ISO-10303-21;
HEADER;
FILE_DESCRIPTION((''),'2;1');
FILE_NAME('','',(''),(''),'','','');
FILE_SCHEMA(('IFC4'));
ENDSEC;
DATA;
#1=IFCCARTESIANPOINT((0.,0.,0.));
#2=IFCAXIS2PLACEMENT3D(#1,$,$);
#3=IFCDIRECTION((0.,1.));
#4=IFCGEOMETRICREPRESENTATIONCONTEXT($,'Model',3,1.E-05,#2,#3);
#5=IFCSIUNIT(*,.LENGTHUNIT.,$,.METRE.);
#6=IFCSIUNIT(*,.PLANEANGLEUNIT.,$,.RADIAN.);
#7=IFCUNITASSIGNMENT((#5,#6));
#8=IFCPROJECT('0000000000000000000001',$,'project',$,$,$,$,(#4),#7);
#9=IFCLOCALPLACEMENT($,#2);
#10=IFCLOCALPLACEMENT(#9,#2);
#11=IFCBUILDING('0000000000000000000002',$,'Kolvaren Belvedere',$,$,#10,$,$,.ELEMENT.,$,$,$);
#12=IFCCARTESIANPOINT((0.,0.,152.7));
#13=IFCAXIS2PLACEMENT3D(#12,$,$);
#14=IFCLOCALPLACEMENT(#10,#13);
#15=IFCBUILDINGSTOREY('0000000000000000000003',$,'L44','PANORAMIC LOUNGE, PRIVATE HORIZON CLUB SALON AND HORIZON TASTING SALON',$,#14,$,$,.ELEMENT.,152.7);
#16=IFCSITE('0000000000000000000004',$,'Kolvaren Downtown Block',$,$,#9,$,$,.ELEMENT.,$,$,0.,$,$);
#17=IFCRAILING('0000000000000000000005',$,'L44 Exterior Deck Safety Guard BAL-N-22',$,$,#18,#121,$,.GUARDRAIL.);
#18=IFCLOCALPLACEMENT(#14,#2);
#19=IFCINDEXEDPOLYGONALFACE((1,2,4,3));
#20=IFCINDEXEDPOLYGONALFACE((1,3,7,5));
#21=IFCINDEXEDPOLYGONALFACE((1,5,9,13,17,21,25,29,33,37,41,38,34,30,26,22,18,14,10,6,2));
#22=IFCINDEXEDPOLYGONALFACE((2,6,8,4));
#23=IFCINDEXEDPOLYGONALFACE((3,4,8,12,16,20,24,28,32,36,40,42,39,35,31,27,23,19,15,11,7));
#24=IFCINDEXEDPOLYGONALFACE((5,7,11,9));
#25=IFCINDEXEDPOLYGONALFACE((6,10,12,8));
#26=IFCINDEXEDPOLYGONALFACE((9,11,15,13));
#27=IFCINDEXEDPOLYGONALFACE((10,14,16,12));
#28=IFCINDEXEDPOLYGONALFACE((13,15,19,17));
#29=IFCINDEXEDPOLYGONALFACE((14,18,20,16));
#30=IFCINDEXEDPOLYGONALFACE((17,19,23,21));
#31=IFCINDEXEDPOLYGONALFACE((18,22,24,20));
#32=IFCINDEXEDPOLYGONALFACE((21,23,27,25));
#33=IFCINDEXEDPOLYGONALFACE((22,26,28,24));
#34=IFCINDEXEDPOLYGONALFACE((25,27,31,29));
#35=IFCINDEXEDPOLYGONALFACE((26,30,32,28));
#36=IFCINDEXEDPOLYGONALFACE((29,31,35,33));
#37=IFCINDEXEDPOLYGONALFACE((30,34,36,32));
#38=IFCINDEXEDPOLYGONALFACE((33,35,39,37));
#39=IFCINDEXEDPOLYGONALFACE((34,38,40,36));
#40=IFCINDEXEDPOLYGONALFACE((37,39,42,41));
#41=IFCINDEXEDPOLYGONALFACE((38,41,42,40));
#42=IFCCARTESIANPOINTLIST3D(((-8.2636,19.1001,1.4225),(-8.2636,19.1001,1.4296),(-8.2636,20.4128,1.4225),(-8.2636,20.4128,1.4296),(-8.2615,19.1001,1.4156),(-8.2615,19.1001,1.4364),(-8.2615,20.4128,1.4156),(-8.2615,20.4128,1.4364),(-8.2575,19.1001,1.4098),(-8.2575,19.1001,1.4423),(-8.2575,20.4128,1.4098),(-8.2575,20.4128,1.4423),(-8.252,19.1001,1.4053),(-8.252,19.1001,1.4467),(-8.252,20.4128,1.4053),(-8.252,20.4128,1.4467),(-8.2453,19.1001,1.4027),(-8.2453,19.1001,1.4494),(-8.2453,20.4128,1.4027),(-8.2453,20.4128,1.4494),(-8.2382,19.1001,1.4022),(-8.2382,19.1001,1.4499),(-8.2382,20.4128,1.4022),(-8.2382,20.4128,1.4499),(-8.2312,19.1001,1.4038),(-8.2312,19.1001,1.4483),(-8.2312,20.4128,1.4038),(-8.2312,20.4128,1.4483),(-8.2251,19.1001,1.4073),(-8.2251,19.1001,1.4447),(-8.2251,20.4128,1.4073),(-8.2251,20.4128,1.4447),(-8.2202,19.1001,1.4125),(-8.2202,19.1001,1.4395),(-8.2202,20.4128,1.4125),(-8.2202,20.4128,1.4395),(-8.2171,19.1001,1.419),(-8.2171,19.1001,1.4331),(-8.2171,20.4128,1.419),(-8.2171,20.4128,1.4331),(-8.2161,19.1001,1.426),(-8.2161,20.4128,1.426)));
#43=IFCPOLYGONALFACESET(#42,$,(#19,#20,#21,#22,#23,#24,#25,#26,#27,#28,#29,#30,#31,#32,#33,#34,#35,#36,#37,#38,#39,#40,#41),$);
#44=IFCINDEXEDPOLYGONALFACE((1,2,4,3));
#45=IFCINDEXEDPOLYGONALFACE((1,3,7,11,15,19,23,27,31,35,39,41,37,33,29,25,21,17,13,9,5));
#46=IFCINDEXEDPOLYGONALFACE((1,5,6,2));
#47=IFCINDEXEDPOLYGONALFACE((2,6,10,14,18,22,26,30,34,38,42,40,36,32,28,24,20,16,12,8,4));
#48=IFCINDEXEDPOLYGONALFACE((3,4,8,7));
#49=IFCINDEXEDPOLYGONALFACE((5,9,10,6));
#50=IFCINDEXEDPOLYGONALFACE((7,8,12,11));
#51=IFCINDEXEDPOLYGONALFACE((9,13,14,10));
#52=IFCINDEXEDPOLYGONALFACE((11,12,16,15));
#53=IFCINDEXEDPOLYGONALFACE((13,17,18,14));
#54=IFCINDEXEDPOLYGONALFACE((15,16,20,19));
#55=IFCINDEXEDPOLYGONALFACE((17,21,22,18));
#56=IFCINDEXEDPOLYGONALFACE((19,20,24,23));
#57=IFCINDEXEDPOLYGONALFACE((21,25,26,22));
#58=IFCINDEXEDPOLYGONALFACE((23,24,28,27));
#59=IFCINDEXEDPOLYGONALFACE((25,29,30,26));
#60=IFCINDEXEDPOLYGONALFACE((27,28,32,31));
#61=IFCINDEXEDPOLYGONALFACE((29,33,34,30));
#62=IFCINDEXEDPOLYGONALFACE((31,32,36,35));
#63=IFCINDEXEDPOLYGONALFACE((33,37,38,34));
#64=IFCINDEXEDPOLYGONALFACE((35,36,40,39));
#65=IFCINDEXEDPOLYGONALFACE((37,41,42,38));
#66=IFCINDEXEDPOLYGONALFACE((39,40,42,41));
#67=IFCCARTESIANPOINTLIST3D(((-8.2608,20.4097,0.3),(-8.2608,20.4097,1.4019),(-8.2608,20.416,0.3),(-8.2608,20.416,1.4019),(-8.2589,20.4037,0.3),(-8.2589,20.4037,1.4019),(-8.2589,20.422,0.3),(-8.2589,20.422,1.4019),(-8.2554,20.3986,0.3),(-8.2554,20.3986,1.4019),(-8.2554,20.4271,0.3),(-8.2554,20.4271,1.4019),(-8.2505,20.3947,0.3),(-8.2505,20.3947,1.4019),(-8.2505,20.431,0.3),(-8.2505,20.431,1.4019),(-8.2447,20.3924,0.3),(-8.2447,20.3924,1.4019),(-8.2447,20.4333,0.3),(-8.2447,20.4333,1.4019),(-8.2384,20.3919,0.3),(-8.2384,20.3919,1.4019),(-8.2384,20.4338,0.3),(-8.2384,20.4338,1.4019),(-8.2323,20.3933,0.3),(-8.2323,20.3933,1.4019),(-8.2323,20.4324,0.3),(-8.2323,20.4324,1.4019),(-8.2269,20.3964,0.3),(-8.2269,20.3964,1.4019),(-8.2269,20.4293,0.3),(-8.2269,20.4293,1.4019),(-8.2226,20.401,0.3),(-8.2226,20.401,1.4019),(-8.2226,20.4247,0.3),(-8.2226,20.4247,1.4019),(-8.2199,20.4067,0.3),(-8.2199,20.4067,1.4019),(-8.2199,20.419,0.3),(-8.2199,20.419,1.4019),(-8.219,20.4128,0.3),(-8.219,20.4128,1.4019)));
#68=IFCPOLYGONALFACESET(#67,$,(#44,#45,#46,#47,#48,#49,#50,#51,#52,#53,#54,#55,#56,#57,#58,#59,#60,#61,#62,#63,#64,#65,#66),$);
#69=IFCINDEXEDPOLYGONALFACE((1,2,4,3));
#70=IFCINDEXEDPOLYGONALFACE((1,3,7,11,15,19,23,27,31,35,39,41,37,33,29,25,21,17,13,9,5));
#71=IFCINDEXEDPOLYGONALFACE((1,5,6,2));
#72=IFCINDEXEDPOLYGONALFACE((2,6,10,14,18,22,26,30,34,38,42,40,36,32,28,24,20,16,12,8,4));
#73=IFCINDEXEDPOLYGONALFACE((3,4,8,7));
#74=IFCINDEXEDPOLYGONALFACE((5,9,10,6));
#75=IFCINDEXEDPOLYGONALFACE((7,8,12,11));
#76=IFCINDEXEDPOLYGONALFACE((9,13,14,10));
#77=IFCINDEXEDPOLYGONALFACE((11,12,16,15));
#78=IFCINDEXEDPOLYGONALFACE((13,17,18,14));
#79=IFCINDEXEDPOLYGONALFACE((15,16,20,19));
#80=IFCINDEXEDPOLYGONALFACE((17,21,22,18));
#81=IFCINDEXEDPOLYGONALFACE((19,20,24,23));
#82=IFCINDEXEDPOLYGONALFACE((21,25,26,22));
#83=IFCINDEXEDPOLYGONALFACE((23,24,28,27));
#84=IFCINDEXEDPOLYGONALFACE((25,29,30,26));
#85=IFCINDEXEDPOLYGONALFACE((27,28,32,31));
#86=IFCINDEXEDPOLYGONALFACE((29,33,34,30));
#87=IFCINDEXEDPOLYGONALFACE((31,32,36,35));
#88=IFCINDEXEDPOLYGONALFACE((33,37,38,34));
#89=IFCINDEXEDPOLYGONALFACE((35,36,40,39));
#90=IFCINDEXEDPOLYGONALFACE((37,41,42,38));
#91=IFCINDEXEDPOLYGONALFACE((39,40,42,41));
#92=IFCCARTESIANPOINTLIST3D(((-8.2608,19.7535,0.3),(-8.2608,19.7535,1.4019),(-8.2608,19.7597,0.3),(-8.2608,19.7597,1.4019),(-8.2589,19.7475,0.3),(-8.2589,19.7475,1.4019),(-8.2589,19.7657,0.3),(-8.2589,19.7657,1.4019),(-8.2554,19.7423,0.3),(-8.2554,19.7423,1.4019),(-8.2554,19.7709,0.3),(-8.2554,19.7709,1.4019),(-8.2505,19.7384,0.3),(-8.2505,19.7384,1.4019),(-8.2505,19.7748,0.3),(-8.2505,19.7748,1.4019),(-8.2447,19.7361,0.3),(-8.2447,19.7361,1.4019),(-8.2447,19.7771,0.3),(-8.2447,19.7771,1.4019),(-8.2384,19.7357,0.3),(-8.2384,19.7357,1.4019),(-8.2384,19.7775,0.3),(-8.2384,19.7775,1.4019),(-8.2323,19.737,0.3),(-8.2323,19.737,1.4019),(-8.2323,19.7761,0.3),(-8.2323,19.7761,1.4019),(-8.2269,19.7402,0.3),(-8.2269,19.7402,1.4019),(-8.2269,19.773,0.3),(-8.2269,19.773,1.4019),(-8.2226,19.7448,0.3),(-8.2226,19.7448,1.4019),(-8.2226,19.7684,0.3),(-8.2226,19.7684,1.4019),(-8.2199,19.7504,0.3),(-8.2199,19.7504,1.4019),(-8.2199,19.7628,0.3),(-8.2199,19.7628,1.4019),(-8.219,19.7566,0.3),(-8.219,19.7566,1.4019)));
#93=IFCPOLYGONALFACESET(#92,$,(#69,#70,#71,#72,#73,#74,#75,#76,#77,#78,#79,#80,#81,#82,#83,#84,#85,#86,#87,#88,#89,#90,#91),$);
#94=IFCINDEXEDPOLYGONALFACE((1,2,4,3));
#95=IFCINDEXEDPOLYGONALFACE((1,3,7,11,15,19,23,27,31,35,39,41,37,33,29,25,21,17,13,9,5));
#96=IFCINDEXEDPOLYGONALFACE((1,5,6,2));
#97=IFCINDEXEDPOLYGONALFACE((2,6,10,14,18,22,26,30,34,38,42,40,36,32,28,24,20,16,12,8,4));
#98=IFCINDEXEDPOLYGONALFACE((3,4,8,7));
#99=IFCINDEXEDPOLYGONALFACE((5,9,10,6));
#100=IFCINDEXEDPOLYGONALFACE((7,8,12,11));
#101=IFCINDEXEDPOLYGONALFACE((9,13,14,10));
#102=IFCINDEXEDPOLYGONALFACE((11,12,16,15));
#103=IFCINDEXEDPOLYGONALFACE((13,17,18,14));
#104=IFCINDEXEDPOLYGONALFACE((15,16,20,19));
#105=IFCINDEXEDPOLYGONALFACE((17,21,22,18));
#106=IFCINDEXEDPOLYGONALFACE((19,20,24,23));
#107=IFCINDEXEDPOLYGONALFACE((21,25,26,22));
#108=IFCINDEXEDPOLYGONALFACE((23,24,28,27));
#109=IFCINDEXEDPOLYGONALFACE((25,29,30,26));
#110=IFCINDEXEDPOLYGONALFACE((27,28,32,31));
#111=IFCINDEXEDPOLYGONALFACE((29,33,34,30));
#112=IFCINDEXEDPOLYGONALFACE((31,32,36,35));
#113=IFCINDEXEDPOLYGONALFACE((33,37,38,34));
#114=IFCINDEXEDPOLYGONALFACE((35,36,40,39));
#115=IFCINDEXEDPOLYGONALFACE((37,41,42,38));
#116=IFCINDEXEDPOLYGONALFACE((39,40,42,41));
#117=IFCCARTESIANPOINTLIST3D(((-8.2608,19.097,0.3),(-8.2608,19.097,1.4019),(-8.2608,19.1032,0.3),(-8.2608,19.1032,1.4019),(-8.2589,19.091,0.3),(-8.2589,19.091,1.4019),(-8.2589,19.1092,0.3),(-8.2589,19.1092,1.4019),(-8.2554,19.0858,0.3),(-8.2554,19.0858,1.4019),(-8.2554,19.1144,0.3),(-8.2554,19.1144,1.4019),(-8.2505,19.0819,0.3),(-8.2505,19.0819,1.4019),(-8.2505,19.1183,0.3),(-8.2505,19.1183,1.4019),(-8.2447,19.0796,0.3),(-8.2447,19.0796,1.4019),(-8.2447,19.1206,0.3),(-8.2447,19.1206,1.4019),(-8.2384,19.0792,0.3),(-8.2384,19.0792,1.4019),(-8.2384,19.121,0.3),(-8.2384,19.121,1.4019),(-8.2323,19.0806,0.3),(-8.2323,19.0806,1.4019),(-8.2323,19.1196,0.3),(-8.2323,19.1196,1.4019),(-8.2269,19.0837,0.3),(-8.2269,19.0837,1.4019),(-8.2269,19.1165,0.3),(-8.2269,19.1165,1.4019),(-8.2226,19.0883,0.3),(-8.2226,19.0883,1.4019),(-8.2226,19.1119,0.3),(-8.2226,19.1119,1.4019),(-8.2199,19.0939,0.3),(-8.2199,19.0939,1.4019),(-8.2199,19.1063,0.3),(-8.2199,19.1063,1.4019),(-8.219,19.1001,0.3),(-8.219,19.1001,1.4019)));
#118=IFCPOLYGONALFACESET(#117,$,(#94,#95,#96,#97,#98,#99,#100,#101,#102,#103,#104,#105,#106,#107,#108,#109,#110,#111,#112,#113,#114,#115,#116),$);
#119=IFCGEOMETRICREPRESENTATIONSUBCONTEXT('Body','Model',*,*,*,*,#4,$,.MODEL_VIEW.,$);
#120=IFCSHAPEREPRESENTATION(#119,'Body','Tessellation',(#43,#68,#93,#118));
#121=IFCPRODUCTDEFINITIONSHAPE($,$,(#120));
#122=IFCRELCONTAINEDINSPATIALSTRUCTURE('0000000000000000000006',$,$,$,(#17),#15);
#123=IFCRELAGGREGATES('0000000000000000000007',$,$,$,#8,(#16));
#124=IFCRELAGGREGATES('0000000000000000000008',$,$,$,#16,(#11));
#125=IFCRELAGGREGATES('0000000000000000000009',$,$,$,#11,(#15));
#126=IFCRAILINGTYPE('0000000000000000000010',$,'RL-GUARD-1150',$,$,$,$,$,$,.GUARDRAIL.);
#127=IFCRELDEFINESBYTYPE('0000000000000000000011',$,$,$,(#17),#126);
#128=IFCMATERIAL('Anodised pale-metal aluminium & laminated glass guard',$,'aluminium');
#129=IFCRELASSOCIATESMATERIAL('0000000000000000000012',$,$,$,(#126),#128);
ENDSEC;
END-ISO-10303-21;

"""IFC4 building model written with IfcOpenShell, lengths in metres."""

from ifc_helpers import new_model, si_unit, direction, frame, origin, origin_2d, place, context, subcontext, project, spatial, circle, extrude, material, type_object, element, save


model = new_model("IFC4")

# Units and contexts
model_context = context("Model", 3, precision=1e-05, world=origin(), true_north=direction((0.0, 1.0)))
body_context = subcontext(model_context, "Body", "Model", "MODEL_VIEW")
ifc_project = project(units=[si_unit("LENGTHUNIT", "METRE"), si_unit("PLANEANGLEUNIT", "RADIAN")], contexts=[model_context])

# Site, building, storey
site_placement = place(None, origin())
site = spatial("IfcSite", under=ifc_project, at=site_placement, Name="Kolvaren Downtown Block", CompositionType="ELEMENT", RefElevation=0.0)
building_placement = place(site_placement, origin())
building = spatial("IfcBuilding", under=site, at=building_placement, Name="Kolvaren Belvedere", CompositionType="ELEMENT")
storey_placement = place(building_placement, frame((0.0, 0.0, 152.7)))
storey = spatial("IfcBuildingStorey", under=building, at=storey_placement, Name="L44", Description="PANORAMIC LOUNGE, PRIVATE HORIZON CLUB SALON AND HORIZON TASTING SALON", CompositionType="ELEMENT", Elevation=152.7)

# Railing
ifc_material_1 = material(Name="Anodised pale-metal aluminium & laminated glass guard", Category="aluminium")
railing_type = type_object("IfcRailingType", Name="RL-GUARD-1150", PredefinedType="GUARDRAIL", material=ifc_material_1)
railing_placement = place(storey_placement, frame((-8.24, 20.4128, 0.3)))
element("IfcRailing", 1, at=railing_placement, inside=storey, type_object=railing_type, Name="L44 Exterior Deck Safety Guard BAL-N-22", PredefinedType="GUARDRAIL", context=body_context, shape_type="SweptSolid", body=[
    extrude(circle(Radius=0.0239, at=origin_2d()), frame((0.0, 0.0, 1.126), z_axis=(0.0, -1.0, 0.0), x_axis=(1.0, 0.0, 0.0)), (0.0, 0.0, 1.0), 1.3127),
    extrude(circle(Radius=0.021, at=origin_2d()), origin(), (0.0, 0.0, 1.0), 1.1018),
    extrude(circle(Radius=0.021, at=origin_2d()), frame((0.0, -0.6562, 0.0)), (0.0, 0.0, 1.0), 1.1018),
    extrude(circle(Radius=0.021, at=origin_2d()), frame((0.0, -1.3127, 0.0)), (0.0, 0.0, 1.0), 1.1018),
])

save(model, "model.ifc")
